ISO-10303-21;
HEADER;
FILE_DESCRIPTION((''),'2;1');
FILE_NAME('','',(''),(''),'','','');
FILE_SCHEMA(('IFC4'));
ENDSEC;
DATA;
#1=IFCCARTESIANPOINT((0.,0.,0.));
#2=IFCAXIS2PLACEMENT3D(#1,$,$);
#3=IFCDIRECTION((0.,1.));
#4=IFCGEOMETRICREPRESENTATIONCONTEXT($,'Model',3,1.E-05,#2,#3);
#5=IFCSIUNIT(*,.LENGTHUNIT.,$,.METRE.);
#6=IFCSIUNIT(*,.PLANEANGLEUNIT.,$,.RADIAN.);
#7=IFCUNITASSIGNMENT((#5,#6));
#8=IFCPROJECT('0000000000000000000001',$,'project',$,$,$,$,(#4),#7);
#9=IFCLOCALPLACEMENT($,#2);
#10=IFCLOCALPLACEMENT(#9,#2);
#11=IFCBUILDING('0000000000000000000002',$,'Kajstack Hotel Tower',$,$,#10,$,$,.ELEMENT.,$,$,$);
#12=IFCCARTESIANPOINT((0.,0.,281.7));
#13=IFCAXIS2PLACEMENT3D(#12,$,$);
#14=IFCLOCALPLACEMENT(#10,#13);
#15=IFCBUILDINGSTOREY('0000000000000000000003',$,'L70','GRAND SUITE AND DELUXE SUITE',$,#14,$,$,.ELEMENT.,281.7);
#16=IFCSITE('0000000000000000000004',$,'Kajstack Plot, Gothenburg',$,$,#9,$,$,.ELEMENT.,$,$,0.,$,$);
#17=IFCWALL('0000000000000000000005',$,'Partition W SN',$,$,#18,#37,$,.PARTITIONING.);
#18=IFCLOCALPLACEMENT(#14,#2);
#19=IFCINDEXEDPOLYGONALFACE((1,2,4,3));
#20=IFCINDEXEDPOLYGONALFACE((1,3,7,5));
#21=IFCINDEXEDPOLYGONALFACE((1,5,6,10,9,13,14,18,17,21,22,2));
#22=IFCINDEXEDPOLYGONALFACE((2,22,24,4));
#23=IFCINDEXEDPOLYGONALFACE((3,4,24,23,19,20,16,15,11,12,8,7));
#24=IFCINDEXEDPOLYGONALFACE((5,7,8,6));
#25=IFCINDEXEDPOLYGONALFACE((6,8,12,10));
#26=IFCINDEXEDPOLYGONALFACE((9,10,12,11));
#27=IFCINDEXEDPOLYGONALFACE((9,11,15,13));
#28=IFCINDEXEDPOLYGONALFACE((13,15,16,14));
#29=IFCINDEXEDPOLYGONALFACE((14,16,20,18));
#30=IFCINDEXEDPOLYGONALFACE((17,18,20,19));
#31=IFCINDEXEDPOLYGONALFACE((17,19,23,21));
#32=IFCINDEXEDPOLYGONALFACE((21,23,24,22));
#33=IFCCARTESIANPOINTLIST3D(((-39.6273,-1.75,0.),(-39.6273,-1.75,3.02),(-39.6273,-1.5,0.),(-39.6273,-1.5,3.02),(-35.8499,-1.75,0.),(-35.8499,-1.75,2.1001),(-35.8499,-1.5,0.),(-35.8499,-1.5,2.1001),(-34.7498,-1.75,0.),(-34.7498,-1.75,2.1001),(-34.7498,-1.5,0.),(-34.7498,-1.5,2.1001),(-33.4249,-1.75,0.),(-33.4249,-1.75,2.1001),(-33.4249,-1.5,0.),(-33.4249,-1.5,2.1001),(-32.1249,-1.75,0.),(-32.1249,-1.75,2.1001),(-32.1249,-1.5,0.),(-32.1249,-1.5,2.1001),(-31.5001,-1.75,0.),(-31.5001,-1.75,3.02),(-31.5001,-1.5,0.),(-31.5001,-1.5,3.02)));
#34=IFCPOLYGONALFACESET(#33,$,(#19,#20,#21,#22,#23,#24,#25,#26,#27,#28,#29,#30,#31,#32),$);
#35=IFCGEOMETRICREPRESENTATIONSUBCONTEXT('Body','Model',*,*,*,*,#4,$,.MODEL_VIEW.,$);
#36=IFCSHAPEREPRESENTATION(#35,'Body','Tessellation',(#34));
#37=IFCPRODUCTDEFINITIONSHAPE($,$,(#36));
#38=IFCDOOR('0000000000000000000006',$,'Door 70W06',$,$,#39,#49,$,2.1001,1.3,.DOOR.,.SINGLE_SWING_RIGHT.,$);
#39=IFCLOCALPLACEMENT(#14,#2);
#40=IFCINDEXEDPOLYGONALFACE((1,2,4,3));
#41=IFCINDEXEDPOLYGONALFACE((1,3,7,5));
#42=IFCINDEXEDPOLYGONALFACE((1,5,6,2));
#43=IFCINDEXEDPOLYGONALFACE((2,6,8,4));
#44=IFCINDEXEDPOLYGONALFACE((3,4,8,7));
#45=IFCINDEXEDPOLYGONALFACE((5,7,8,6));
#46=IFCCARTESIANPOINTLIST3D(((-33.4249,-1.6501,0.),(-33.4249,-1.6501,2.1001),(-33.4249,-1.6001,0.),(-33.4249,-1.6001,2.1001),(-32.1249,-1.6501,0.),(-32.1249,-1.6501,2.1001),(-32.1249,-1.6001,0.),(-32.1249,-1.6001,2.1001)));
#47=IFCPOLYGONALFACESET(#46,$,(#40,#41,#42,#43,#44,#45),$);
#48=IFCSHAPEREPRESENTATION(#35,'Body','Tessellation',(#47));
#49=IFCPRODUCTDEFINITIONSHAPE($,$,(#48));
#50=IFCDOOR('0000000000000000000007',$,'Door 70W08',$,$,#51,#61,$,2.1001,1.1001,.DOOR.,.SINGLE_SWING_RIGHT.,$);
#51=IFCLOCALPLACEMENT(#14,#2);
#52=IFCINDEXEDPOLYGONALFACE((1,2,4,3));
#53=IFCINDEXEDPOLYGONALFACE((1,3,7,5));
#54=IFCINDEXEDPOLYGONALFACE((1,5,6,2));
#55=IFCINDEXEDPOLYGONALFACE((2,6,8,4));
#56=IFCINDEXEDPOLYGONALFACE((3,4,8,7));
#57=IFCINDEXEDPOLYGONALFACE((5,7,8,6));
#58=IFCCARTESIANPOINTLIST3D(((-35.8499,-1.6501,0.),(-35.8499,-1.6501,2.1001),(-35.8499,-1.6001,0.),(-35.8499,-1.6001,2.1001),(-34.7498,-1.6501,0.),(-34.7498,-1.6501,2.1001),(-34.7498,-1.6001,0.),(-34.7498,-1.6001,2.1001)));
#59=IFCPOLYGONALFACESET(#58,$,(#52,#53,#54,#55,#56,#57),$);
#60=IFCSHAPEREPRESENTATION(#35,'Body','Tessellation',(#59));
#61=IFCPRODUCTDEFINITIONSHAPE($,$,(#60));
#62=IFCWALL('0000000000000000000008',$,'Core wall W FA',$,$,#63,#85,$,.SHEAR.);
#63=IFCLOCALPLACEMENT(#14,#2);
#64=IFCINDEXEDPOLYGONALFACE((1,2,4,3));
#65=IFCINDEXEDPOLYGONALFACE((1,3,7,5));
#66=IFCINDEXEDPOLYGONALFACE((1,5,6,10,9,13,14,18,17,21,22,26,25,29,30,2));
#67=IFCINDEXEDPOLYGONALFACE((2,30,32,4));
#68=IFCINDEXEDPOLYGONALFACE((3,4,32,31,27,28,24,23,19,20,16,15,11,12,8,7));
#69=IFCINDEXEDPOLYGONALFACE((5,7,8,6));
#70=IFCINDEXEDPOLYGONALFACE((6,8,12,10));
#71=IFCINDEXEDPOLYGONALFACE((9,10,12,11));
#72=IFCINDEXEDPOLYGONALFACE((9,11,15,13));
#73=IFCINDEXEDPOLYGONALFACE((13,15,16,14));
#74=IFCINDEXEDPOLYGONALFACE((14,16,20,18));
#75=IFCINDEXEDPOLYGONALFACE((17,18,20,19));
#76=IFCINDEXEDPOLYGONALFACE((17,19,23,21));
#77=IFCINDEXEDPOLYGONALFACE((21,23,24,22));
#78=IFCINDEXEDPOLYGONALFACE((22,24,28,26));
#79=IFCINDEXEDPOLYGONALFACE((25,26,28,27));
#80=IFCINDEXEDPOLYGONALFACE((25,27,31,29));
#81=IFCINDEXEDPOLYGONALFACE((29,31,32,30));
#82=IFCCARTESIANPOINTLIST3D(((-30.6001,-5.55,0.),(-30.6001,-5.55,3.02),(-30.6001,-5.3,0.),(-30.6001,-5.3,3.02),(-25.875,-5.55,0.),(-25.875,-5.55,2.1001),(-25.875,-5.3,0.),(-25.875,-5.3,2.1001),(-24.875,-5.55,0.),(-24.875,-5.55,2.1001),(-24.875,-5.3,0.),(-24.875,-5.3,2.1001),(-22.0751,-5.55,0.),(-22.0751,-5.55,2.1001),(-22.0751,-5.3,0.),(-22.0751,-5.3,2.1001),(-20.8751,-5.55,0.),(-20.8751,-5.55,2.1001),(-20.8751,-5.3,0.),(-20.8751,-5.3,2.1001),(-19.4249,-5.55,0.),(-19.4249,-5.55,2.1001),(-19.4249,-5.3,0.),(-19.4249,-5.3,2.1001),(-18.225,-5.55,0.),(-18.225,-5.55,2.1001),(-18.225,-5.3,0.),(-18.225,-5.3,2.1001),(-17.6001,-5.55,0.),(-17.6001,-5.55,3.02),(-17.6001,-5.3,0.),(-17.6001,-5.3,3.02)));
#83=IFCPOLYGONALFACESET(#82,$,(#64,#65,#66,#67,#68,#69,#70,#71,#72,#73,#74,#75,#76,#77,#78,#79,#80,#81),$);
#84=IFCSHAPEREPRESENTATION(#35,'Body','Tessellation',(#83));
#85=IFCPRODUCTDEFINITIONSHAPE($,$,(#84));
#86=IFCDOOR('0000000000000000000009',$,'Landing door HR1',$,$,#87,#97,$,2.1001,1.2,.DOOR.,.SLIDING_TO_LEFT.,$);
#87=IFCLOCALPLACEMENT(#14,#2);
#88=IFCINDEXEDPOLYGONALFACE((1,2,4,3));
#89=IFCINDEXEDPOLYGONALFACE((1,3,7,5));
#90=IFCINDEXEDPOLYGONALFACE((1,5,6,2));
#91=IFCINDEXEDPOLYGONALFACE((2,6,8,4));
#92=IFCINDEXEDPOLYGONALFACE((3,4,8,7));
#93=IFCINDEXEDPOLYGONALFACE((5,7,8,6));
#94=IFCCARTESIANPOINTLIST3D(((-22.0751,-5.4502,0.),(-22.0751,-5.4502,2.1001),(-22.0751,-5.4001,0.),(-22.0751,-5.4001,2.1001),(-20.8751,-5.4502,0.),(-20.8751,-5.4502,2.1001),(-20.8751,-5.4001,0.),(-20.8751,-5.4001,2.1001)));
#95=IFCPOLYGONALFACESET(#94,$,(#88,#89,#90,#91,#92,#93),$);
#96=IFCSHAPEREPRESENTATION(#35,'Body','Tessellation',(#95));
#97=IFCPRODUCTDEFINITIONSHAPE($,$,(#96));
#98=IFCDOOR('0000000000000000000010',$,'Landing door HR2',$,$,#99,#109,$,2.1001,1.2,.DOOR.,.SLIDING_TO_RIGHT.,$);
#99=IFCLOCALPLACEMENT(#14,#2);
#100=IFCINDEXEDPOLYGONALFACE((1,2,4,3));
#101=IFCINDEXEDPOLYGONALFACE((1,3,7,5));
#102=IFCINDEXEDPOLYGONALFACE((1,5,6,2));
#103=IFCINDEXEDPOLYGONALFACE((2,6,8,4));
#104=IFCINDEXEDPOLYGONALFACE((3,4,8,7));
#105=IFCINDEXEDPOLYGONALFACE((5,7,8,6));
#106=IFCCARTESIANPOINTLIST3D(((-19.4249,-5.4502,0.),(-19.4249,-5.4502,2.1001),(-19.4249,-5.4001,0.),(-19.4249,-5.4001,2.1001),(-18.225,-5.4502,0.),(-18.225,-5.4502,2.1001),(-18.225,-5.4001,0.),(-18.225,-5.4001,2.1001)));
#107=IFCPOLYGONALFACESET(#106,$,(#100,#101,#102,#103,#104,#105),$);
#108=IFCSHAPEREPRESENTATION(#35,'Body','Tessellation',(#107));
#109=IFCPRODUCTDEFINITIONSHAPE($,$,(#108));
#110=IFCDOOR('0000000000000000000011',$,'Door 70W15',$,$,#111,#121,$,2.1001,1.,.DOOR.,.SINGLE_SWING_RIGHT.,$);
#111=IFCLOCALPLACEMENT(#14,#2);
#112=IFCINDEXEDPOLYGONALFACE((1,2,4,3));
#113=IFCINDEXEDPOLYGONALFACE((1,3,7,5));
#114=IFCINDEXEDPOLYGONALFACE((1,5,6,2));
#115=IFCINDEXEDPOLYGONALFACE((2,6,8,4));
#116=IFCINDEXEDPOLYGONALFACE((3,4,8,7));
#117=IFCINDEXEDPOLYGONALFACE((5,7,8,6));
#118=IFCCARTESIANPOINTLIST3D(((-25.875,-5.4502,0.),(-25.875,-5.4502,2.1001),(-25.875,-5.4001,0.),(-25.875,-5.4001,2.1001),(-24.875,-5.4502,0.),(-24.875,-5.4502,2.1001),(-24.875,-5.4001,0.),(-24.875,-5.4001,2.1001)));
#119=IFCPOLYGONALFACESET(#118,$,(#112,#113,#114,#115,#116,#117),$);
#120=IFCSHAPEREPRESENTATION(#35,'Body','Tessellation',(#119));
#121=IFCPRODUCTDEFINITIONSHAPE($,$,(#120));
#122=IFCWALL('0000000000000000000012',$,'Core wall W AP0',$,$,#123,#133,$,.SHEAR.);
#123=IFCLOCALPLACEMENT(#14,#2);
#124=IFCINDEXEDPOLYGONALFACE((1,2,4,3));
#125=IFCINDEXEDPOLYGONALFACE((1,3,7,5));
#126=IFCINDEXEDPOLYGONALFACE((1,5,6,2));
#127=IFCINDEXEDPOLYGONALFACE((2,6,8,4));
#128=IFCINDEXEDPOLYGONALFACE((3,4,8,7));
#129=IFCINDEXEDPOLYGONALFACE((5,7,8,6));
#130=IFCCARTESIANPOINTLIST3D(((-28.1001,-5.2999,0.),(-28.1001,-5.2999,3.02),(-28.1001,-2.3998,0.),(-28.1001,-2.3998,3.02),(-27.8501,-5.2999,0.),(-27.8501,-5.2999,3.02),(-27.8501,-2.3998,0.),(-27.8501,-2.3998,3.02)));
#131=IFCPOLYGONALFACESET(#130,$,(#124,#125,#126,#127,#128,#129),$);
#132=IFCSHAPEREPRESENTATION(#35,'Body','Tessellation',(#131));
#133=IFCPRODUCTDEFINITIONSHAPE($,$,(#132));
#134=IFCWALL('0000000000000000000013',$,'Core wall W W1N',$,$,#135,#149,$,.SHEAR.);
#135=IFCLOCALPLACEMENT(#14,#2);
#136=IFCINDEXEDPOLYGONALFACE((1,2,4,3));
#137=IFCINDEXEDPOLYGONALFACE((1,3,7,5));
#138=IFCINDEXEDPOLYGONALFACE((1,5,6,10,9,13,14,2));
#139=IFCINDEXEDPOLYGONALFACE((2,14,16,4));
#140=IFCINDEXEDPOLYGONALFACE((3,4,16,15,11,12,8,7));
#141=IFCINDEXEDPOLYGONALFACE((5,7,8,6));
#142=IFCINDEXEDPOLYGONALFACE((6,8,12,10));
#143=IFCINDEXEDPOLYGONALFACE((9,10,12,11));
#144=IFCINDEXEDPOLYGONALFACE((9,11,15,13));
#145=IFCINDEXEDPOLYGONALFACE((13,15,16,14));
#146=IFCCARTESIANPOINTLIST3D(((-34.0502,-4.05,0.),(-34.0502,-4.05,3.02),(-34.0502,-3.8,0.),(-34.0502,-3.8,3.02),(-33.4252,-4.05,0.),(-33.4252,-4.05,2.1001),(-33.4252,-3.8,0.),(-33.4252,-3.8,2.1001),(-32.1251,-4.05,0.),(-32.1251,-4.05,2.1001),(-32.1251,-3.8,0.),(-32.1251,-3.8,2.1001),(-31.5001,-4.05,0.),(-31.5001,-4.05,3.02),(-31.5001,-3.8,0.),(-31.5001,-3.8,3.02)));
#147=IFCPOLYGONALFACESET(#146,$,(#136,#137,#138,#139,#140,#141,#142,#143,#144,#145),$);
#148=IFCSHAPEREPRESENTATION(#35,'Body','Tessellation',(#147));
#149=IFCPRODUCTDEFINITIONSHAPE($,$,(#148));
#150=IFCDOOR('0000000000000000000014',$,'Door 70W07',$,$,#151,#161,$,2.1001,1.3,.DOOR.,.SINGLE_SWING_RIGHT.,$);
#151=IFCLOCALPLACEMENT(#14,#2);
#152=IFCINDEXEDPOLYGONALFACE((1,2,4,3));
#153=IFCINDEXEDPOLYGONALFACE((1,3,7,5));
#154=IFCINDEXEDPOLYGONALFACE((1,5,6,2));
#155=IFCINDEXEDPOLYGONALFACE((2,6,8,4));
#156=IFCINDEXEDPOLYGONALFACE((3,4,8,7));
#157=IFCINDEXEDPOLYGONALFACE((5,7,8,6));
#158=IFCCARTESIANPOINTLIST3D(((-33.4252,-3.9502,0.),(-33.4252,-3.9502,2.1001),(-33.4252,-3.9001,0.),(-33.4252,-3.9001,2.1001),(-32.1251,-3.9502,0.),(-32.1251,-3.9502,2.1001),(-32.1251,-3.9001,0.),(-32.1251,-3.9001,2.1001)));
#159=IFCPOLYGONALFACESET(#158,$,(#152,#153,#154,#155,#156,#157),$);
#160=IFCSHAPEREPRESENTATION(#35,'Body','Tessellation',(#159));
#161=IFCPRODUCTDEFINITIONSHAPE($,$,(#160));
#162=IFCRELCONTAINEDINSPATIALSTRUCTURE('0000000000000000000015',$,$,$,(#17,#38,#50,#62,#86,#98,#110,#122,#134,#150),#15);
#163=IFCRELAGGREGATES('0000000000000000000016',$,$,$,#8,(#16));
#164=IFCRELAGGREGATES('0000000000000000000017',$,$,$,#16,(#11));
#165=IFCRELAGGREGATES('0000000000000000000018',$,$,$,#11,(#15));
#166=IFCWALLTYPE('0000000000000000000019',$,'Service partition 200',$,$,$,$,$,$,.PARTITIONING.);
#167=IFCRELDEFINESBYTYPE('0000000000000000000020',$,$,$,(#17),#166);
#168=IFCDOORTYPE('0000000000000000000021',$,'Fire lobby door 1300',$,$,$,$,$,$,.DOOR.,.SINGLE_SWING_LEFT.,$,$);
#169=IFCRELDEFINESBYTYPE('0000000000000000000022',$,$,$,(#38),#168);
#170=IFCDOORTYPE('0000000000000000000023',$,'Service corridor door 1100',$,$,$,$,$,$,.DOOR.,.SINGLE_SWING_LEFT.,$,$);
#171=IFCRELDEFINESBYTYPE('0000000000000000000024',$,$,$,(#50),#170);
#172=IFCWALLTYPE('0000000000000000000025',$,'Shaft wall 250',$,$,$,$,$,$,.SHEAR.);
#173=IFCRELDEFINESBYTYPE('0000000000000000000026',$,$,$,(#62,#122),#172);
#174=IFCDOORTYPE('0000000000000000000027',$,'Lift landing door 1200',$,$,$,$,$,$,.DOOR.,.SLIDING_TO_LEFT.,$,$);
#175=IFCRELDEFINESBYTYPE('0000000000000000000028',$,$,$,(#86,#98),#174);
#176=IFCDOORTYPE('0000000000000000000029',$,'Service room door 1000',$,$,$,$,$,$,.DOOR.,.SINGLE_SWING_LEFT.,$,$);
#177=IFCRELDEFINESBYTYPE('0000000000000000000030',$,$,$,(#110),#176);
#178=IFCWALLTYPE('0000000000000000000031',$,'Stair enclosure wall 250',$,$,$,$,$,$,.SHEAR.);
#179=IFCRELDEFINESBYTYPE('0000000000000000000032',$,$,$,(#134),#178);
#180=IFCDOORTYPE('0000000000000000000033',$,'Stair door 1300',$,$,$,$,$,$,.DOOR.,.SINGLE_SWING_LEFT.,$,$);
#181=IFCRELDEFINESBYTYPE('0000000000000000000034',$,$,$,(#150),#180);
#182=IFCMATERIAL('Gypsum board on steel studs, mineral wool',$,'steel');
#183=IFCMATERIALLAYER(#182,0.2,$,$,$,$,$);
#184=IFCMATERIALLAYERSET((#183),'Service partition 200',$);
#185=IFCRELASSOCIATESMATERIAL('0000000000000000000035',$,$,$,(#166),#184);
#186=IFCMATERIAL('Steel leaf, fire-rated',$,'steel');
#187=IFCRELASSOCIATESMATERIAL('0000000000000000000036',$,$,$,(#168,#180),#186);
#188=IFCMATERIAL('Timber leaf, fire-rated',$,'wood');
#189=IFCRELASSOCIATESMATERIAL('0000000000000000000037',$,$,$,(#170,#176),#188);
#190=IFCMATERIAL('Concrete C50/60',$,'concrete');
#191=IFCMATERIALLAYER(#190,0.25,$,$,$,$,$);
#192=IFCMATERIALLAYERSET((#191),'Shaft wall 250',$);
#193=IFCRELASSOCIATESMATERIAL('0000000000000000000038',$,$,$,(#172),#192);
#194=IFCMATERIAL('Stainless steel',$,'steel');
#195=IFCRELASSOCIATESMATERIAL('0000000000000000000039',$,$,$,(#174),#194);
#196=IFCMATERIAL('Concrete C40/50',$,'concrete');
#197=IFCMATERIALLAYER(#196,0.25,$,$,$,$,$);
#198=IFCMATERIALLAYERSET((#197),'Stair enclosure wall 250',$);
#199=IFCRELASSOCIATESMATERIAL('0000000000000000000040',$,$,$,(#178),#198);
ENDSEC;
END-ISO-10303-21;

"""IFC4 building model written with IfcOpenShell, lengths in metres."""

from ifc_helpers import new_model, si_unit, direction, frame, frame_2d, origin, place, context, subcontext, project, spatial, rectangle, extrude, material, layer, layer_set, type_object, element, fill, save


model = new_model("IFC4")

# Units and contexts
model_context = context("Model", 3, precision=1e-05, world=origin(), true_north=direction((0.0, 1.0)))
body_context = subcontext(model_context, "Body", "Model", "MODEL_VIEW")
ifc_project = project(units=[si_unit("LENGTHUNIT", "METRE"), si_unit("PLANEANGLEUNIT", "RADIAN")], contexts=[model_context])

# Site, building, storey
site_placement = place(None, origin())
site = spatial("IfcSite", under=ifc_project, at=site_placement, Name="Kajstack Plot, Gothenburg", CompositionType="ELEMENT", RefElevation=0.0)
building_placement = place(site_placement, origin())
building = spatial("IfcBuilding", under=site, at=building_placement, Name="Kajstack Hotel Tower", CompositionType="ELEMENT")
storey_placement = place(building_placement, frame((0.0, 0.0, 281.7)))
storey = spatial("IfcBuildingStorey", under=building, at=storey_placement, Name="L70", Description="GRAND SUITE AND DELUXE SUITE", CompositionType="ELEMENT", Elevation=281.7)

# Walls, openings, doors
ifc_material_1 = material(Name="Gypsum board on steel studs, mineral wool", Category="steel")
ifc_layer_1 = layer(ifc_material_1, 0.2)
ifc_layer_set_1 = layer_set([ifc_layer_1], Name="Service partition 200")
wall_type_1 = type_object("IfcWallType", Name="Service partition 200", PredefinedType="PARTITIONING", material=ifc_layer_set_1)
wall_1_placement = place(storey_placement, frame((-39.6272, -1.625, 0.0), z_axis=(0.0, 0.0, 1.0), x_axis=(1.0, 0.0, 0.0)))
wall_1 = element("IfcWall", 1, at=wall_1_placement, inside=storey, type_object=wall_type_1, Name="Partition W SN", PredefinedType="PARTITIONING", context=body_context, shape_type="SweptSolid", body=[
    extrude(rectangle(XDim=8.1272, YDim=0.25, at=frame_2d((4.0635, 0.0))), origin(), (0.0, 0.0, 1.0), 3.02),
])
opening_1_placement = place(wall_1_placement, frame((6.2024, 0.0, 0.0)))
opening_1 = element("IfcOpeningElement", 2, at=opening_1_placement, cuts=wall_1, PredefinedType="OPENING", context=body_context, shape_type="SweptSolid", body=[
    extrude(rectangle(XDim=1.3, YDim=2.1001, at=frame_2d((0.6499, 1.05))), frame((0.0, 0.135, 0.0), z_axis=(0.0, -1.0, 0.0), x_axis=(1.0, 0.0, 0.0)), (0.0, 0.0, 1.0), 0.27),
])
opening_2_placement = place(wall_1_placement, frame((3.7773, 0.0, 0.0)))
opening_2 = element("IfcOpeningElement", 3, at=opening_2_placement, cuts=wall_1, PredefinedType="OPENING", context=body_context, shape_type="SweptSolid", body=[
    extrude(rectangle(XDim=1.1001, YDim=2.1001, at=frame_2d((0.55, 1.05))), frame((0.0, 0.135, 0.0), z_axis=(0.0, -1.0, 0.0), x_axis=(1.0, 0.0, 0.0)), (0.0, 0.0, 1.0), 0.27),
])
ifc_material_2 = material(Name="Steel leaf, fire-rated", Category="steel")
door_type_1 = type_object("IfcDoorType", Name="Fire lobby door 1300", OperationType="SINGLE_SWING_LEFT", PredefinedType="DOOR", material=ifc_material_2)
door_1_placement = place(opening_1_placement, origin())
door_1 = element("IfcDoor", 4, at=door_1_placement, inside=storey, type_object=door_type_1, Name="Door 70W06", OperationType="SINGLE_SWING_RIGHT", OverallHeight=2.1001, OverallWidth=1.3, PredefinedType="DOOR", context=body_context, shape_type="SweptSolid", body=[
    extrude(rectangle(XDim=1.3, YDim=2.1001, at=frame_2d((0.6499, 1.05))), frame((0.0, 0.0249, 0.0), z_axis=(0.0, -1.0, 0.0), x_axis=(1.0, 0.0, 0.0)), (0.0, 0.0, 1.0), 0.05),
])
fill(opening_1, door_1)
ifc_material_3 = material(Name="Timber leaf, fire-rated", Category="wood")
door_type_2 = type_object("IfcDoorType", Name="Service corridor door 1100", OperationType="SINGLE_SWING_LEFT", PredefinedType="DOOR", material=ifc_material_3)
door_2_placement = place(opening_2_placement, origin())
door_2 = element("IfcDoor", 5, at=door_2_placement, inside=storey, type_object=door_type_2, Name="Door 70W08", OperationType="SINGLE_SWING_RIGHT", OverallHeight=2.1001, OverallWidth=1.1001, PredefinedType="DOOR", context=body_context, shape_type="SweptSolid", body=[
    extrude(rectangle(XDim=1.1001, YDim=2.1001, at=frame_2d((0.55, 1.05))), frame((0.0, 0.0249, 0.0), z_axis=(0.0, -1.0, 0.0), x_axis=(1.0, 0.0, 0.0)), (0.0, 0.0, 1.0), 0.05),
])
fill(opening_2, door_2)
ifc_material_4 = material(Name="Concrete C50/60", Category="concrete")
ifc_layer_2 = layer(ifc_material_4, 0.25)
ifc_layer_set_2 = layer_set([ifc_layer_2], Name="Shaft wall 250")
wall_type_2 = type_object("IfcWallType", Name="Shaft wall 250", PredefinedType="SHEAR", material=ifc_layer_set_2)
wall_2_placement = place(storey_placement, frame((-30.6001, -5.425, 0.0), z_axis=(0.0, 0.0, 1.0), x_axis=(1.0, 0.0, 0.0)))
wall_2 = element("IfcWall", 6, at=wall_2_placement, inside=storey, type_object=wall_type_2, Name="Core wall W FA", PredefinedType="SHEAR", context=body_context, shape_type="SweptSolid", body=[
    extrude(rectangle(XDim=13.0, YDim=0.25, at=frame_2d((6.5, 0.0))), origin(), (0.0, 0.0, 1.0), 3.02),
])
opening_3_placement = place(wall_2_placement, frame((8.5249, 0.0, 0.0)))
opening_3 = element("IfcOpeningElement", 7, at=opening_3_placement, cuts=wall_2, PredefinedType="OPENING", context=body_context, shape_type="SweptSolid", body=[
    extrude(rectangle(XDim=1.2, YDim=2.1001, at=frame_2d((0.6001, 1.05))), frame((0.0, 0.135, 0.0), z_axis=(0.0, -1.0, 0.0), x_axis=(1.0, 0.0, 0.0)), (0.0, 0.0, 1.0), 0.27),
])
opening_4_placement = place(wall_2_placement, frame((11.175, 0.0, 0.0)))
opening_4 = element("IfcOpeningElement", 8, at=opening_4_placement, cuts=wall_2, PredefinedType="OPENING", context=body_context, shape_type="SweptSolid", body=[
    extrude(rectangle(XDim=1.2, YDim=2.1001, at=frame_2d((0.6001, 1.05))), frame((0.0, 0.135, 0.0), z_axis=(0.0, -1.0, 0.0), x_axis=(1.0, 0.0, 0.0)), (0.0, 0.0, 1.0), 0.27),
])
opening_5_placement = place(wall_2_placement, frame((4.7251, 0.0, 0.0)))
opening_5 = element("IfcOpeningElement", 9, at=opening_5_placement, cuts=wall_2, PredefinedType="OPENING", context=body_context, shape_type="SweptSolid", body=[
    extrude(rectangle(XDim=1.0, YDim=2.1001, at=frame_2d((0.5, 1.05))), frame((0.0, 0.135, 0.0), z_axis=(0.0, -1.0, 0.0), x_axis=(1.0, 0.0, 0.0)), (0.0, 0.0, 1.0), 0.27),
])
ifc_material_5 = material(Name="Stainless steel", Category="steel")
door_type_3 = type_object("IfcDoorType", Name="Lift landing door 1200", OperationType="SLIDING_TO_LEFT", PredefinedType="DOOR", material=ifc_material_5)
door_3_placement = place(opening_3_placement, origin())
door_3 = element("IfcDoor", 10, at=door_3_placement, inside=storey, type_object=door_type_3, Name="Landing door HR1", OperationType="SLIDING_TO_LEFT", OverallHeight=2.1001, OverallWidth=1.2, PredefinedType="DOOR", context=body_context, shape_type="SweptSolid", body=[
    extrude(rectangle(XDim=1.2, YDim=2.1001, at=frame_2d((0.6001, 1.05))), frame((0.0, 0.0249, 0.0), z_axis=(0.0, -1.0, 0.0), x_axis=(1.0, 0.0, 0.0)), (0.0, 0.0, 1.0), 0.05),
])
fill(opening_3, door_3)
door_4_placement = place(opening_4_placement, origin())
door_4 = element("IfcDoor", 11, at=door_4_placement, inside=storey, type_object=door_type_3, Name="Landing door HR2", OperationType="SLIDING_TO_RIGHT", OverallHeight=2.1001, OverallWidth=1.2, PredefinedType="DOOR", context=body_context, shape_type="SweptSolid", body=[
    extrude(rectangle(XDim=1.2, YDim=2.1001, at=frame_2d((0.6001, 1.05))), frame((0.0, 0.0249, 0.0), z_axis=(0.0, -1.0, 0.0), x_axis=(1.0, 0.0, 0.0)), (0.0, 0.0, 1.0), 0.05),
])
fill(opening_4, door_4)
door_type_4 = type_object("IfcDoorType", Name="Service room door 1000", OperationType="SINGLE_SWING_LEFT", PredefinedType="DOOR", material=ifc_material_3)
door_5_placement = place(opening_5_placement, origin())
door_5 = element("IfcDoor", 12, at=door_5_placement, inside=storey, type_object=door_type_4, Name="Door 70W15", OperationType="SINGLE_SWING_RIGHT", OverallHeight=2.1001, OverallWidth=1.0, PredefinedType="DOOR", context=body_context, shape_type="SweptSolid", body=[
    extrude(rectangle(XDim=1.0, YDim=2.1001, at=frame_2d((0.5, 1.05))), frame((0.0, 0.0249, 0.0), z_axis=(0.0, -1.0, 0.0), x_axis=(1.0, 0.0, 0.0)), (0.0, 0.0, 1.0), 0.05),
])
fill(opening_5, door_5)

# Wall
wall_3_placement = place(storey_placement, frame((-27.9751, -5.3, 0.0), z_axis=(0.0, 0.0, 1.0), x_axis=(0.0, 1.0, 0.0)))
element("IfcWall", 13, at=wall_3_placement, inside=storey, type_object=wall_type_2, Name="Core wall W AP0", PredefinedType="SHEAR", context=body_context, shape_type="SweptSolid", body=[
    extrude(rectangle(XDim=2.9001, YDim=0.25, at=frame_2d((1.4502, 0.0))), origin(), (0.0, 0.0, 1.0), 3.02),
])

# Wall, opening, door
ifc_material_6 = material(Name="Concrete C40/50", Category="concrete")
ifc_layer_3 = layer(ifc_material_6, 0.25)
ifc_layer_set_3 = layer_set([ifc_layer_3], Name="Stair enclosure wall 250")
wall_type_3 = type_object("IfcWallType", Name="Stair enclosure wall 250", PredefinedType="SHEAR", material=ifc_layer_set_3)
wall_4_placement = place(storey_placement, frame((-34.05, -3.925, 0.0), z_axis=(0.0, 0.0, 1.0), x_axis=(1.0, 0.0, 0.0)))
wall_4 = element("IfcWall", 14, at=wall_4_placement, inside=storey, type_object=wall_type_3, Name="Core wall W W1N", PredefinedType="SHEAR", context=body_context, shape_type="SweptSolid", body=[
    extrude(rectangle(XDim=2.55, YDim=0.25, at=frame_2d((1.2749, 0.0))), origin(), (0.0, 0.0, 1.0), 3.02),
])
opening_6_placement = place(wall_4_placement, frame((0.625, 0.0, 0.0)))
opening_6 = element("IfcOpeningElement", 15, at=opening_6_placement, cuts=wall_4, PredefinedType="OPENING", context=body_context, shape_type="SweptSolid", body=[
    extrude(rectangle(XDim=1.3, YDim=2.1001, at=frame_2d((0.6499, 1.05))), frame((0.0, 0.135, 0.0), z_axis=(0.0, -1.0, 0.0), x_axis=(1.0, 0.0, 0.0)), (0.0, 0.0, 1.0), 0.27),
])
door_type_5 = type_object("IfcDoorType", Name="Stair door 1300", OperationType="SINGLE_SWING_LEFT", PredefinedType="DOOR", material=ifc_material_2)
door_6_placement = place(opening_6_placement, origin())
door_6 = element("IfcDoor", 16, at=door_6_placement, inside=storey, type_object=door_type_5, Name="Door 70W07", OperationType="SINGLE_SWING_RIGHT", OverallHeight=2.1001, OverallWidth=1.3, PredefinedType="DOOR", context=body_context, shape_type="SweptSolid", body=[
    extrude(rectangle(XDim=1.3, YDim=2.1001, at=frame_2d((0.6499, 1.05))), frame((0.0, 0.0249, 0.0), z_axis=(0.0, -1.0, 0.0), x_axis=(1.0, 0.0, 0.0)), (0.0, 0.0, 1.0), 0.05),
])
fill(opening_6, door_6)

save(model, "model.ifc")
